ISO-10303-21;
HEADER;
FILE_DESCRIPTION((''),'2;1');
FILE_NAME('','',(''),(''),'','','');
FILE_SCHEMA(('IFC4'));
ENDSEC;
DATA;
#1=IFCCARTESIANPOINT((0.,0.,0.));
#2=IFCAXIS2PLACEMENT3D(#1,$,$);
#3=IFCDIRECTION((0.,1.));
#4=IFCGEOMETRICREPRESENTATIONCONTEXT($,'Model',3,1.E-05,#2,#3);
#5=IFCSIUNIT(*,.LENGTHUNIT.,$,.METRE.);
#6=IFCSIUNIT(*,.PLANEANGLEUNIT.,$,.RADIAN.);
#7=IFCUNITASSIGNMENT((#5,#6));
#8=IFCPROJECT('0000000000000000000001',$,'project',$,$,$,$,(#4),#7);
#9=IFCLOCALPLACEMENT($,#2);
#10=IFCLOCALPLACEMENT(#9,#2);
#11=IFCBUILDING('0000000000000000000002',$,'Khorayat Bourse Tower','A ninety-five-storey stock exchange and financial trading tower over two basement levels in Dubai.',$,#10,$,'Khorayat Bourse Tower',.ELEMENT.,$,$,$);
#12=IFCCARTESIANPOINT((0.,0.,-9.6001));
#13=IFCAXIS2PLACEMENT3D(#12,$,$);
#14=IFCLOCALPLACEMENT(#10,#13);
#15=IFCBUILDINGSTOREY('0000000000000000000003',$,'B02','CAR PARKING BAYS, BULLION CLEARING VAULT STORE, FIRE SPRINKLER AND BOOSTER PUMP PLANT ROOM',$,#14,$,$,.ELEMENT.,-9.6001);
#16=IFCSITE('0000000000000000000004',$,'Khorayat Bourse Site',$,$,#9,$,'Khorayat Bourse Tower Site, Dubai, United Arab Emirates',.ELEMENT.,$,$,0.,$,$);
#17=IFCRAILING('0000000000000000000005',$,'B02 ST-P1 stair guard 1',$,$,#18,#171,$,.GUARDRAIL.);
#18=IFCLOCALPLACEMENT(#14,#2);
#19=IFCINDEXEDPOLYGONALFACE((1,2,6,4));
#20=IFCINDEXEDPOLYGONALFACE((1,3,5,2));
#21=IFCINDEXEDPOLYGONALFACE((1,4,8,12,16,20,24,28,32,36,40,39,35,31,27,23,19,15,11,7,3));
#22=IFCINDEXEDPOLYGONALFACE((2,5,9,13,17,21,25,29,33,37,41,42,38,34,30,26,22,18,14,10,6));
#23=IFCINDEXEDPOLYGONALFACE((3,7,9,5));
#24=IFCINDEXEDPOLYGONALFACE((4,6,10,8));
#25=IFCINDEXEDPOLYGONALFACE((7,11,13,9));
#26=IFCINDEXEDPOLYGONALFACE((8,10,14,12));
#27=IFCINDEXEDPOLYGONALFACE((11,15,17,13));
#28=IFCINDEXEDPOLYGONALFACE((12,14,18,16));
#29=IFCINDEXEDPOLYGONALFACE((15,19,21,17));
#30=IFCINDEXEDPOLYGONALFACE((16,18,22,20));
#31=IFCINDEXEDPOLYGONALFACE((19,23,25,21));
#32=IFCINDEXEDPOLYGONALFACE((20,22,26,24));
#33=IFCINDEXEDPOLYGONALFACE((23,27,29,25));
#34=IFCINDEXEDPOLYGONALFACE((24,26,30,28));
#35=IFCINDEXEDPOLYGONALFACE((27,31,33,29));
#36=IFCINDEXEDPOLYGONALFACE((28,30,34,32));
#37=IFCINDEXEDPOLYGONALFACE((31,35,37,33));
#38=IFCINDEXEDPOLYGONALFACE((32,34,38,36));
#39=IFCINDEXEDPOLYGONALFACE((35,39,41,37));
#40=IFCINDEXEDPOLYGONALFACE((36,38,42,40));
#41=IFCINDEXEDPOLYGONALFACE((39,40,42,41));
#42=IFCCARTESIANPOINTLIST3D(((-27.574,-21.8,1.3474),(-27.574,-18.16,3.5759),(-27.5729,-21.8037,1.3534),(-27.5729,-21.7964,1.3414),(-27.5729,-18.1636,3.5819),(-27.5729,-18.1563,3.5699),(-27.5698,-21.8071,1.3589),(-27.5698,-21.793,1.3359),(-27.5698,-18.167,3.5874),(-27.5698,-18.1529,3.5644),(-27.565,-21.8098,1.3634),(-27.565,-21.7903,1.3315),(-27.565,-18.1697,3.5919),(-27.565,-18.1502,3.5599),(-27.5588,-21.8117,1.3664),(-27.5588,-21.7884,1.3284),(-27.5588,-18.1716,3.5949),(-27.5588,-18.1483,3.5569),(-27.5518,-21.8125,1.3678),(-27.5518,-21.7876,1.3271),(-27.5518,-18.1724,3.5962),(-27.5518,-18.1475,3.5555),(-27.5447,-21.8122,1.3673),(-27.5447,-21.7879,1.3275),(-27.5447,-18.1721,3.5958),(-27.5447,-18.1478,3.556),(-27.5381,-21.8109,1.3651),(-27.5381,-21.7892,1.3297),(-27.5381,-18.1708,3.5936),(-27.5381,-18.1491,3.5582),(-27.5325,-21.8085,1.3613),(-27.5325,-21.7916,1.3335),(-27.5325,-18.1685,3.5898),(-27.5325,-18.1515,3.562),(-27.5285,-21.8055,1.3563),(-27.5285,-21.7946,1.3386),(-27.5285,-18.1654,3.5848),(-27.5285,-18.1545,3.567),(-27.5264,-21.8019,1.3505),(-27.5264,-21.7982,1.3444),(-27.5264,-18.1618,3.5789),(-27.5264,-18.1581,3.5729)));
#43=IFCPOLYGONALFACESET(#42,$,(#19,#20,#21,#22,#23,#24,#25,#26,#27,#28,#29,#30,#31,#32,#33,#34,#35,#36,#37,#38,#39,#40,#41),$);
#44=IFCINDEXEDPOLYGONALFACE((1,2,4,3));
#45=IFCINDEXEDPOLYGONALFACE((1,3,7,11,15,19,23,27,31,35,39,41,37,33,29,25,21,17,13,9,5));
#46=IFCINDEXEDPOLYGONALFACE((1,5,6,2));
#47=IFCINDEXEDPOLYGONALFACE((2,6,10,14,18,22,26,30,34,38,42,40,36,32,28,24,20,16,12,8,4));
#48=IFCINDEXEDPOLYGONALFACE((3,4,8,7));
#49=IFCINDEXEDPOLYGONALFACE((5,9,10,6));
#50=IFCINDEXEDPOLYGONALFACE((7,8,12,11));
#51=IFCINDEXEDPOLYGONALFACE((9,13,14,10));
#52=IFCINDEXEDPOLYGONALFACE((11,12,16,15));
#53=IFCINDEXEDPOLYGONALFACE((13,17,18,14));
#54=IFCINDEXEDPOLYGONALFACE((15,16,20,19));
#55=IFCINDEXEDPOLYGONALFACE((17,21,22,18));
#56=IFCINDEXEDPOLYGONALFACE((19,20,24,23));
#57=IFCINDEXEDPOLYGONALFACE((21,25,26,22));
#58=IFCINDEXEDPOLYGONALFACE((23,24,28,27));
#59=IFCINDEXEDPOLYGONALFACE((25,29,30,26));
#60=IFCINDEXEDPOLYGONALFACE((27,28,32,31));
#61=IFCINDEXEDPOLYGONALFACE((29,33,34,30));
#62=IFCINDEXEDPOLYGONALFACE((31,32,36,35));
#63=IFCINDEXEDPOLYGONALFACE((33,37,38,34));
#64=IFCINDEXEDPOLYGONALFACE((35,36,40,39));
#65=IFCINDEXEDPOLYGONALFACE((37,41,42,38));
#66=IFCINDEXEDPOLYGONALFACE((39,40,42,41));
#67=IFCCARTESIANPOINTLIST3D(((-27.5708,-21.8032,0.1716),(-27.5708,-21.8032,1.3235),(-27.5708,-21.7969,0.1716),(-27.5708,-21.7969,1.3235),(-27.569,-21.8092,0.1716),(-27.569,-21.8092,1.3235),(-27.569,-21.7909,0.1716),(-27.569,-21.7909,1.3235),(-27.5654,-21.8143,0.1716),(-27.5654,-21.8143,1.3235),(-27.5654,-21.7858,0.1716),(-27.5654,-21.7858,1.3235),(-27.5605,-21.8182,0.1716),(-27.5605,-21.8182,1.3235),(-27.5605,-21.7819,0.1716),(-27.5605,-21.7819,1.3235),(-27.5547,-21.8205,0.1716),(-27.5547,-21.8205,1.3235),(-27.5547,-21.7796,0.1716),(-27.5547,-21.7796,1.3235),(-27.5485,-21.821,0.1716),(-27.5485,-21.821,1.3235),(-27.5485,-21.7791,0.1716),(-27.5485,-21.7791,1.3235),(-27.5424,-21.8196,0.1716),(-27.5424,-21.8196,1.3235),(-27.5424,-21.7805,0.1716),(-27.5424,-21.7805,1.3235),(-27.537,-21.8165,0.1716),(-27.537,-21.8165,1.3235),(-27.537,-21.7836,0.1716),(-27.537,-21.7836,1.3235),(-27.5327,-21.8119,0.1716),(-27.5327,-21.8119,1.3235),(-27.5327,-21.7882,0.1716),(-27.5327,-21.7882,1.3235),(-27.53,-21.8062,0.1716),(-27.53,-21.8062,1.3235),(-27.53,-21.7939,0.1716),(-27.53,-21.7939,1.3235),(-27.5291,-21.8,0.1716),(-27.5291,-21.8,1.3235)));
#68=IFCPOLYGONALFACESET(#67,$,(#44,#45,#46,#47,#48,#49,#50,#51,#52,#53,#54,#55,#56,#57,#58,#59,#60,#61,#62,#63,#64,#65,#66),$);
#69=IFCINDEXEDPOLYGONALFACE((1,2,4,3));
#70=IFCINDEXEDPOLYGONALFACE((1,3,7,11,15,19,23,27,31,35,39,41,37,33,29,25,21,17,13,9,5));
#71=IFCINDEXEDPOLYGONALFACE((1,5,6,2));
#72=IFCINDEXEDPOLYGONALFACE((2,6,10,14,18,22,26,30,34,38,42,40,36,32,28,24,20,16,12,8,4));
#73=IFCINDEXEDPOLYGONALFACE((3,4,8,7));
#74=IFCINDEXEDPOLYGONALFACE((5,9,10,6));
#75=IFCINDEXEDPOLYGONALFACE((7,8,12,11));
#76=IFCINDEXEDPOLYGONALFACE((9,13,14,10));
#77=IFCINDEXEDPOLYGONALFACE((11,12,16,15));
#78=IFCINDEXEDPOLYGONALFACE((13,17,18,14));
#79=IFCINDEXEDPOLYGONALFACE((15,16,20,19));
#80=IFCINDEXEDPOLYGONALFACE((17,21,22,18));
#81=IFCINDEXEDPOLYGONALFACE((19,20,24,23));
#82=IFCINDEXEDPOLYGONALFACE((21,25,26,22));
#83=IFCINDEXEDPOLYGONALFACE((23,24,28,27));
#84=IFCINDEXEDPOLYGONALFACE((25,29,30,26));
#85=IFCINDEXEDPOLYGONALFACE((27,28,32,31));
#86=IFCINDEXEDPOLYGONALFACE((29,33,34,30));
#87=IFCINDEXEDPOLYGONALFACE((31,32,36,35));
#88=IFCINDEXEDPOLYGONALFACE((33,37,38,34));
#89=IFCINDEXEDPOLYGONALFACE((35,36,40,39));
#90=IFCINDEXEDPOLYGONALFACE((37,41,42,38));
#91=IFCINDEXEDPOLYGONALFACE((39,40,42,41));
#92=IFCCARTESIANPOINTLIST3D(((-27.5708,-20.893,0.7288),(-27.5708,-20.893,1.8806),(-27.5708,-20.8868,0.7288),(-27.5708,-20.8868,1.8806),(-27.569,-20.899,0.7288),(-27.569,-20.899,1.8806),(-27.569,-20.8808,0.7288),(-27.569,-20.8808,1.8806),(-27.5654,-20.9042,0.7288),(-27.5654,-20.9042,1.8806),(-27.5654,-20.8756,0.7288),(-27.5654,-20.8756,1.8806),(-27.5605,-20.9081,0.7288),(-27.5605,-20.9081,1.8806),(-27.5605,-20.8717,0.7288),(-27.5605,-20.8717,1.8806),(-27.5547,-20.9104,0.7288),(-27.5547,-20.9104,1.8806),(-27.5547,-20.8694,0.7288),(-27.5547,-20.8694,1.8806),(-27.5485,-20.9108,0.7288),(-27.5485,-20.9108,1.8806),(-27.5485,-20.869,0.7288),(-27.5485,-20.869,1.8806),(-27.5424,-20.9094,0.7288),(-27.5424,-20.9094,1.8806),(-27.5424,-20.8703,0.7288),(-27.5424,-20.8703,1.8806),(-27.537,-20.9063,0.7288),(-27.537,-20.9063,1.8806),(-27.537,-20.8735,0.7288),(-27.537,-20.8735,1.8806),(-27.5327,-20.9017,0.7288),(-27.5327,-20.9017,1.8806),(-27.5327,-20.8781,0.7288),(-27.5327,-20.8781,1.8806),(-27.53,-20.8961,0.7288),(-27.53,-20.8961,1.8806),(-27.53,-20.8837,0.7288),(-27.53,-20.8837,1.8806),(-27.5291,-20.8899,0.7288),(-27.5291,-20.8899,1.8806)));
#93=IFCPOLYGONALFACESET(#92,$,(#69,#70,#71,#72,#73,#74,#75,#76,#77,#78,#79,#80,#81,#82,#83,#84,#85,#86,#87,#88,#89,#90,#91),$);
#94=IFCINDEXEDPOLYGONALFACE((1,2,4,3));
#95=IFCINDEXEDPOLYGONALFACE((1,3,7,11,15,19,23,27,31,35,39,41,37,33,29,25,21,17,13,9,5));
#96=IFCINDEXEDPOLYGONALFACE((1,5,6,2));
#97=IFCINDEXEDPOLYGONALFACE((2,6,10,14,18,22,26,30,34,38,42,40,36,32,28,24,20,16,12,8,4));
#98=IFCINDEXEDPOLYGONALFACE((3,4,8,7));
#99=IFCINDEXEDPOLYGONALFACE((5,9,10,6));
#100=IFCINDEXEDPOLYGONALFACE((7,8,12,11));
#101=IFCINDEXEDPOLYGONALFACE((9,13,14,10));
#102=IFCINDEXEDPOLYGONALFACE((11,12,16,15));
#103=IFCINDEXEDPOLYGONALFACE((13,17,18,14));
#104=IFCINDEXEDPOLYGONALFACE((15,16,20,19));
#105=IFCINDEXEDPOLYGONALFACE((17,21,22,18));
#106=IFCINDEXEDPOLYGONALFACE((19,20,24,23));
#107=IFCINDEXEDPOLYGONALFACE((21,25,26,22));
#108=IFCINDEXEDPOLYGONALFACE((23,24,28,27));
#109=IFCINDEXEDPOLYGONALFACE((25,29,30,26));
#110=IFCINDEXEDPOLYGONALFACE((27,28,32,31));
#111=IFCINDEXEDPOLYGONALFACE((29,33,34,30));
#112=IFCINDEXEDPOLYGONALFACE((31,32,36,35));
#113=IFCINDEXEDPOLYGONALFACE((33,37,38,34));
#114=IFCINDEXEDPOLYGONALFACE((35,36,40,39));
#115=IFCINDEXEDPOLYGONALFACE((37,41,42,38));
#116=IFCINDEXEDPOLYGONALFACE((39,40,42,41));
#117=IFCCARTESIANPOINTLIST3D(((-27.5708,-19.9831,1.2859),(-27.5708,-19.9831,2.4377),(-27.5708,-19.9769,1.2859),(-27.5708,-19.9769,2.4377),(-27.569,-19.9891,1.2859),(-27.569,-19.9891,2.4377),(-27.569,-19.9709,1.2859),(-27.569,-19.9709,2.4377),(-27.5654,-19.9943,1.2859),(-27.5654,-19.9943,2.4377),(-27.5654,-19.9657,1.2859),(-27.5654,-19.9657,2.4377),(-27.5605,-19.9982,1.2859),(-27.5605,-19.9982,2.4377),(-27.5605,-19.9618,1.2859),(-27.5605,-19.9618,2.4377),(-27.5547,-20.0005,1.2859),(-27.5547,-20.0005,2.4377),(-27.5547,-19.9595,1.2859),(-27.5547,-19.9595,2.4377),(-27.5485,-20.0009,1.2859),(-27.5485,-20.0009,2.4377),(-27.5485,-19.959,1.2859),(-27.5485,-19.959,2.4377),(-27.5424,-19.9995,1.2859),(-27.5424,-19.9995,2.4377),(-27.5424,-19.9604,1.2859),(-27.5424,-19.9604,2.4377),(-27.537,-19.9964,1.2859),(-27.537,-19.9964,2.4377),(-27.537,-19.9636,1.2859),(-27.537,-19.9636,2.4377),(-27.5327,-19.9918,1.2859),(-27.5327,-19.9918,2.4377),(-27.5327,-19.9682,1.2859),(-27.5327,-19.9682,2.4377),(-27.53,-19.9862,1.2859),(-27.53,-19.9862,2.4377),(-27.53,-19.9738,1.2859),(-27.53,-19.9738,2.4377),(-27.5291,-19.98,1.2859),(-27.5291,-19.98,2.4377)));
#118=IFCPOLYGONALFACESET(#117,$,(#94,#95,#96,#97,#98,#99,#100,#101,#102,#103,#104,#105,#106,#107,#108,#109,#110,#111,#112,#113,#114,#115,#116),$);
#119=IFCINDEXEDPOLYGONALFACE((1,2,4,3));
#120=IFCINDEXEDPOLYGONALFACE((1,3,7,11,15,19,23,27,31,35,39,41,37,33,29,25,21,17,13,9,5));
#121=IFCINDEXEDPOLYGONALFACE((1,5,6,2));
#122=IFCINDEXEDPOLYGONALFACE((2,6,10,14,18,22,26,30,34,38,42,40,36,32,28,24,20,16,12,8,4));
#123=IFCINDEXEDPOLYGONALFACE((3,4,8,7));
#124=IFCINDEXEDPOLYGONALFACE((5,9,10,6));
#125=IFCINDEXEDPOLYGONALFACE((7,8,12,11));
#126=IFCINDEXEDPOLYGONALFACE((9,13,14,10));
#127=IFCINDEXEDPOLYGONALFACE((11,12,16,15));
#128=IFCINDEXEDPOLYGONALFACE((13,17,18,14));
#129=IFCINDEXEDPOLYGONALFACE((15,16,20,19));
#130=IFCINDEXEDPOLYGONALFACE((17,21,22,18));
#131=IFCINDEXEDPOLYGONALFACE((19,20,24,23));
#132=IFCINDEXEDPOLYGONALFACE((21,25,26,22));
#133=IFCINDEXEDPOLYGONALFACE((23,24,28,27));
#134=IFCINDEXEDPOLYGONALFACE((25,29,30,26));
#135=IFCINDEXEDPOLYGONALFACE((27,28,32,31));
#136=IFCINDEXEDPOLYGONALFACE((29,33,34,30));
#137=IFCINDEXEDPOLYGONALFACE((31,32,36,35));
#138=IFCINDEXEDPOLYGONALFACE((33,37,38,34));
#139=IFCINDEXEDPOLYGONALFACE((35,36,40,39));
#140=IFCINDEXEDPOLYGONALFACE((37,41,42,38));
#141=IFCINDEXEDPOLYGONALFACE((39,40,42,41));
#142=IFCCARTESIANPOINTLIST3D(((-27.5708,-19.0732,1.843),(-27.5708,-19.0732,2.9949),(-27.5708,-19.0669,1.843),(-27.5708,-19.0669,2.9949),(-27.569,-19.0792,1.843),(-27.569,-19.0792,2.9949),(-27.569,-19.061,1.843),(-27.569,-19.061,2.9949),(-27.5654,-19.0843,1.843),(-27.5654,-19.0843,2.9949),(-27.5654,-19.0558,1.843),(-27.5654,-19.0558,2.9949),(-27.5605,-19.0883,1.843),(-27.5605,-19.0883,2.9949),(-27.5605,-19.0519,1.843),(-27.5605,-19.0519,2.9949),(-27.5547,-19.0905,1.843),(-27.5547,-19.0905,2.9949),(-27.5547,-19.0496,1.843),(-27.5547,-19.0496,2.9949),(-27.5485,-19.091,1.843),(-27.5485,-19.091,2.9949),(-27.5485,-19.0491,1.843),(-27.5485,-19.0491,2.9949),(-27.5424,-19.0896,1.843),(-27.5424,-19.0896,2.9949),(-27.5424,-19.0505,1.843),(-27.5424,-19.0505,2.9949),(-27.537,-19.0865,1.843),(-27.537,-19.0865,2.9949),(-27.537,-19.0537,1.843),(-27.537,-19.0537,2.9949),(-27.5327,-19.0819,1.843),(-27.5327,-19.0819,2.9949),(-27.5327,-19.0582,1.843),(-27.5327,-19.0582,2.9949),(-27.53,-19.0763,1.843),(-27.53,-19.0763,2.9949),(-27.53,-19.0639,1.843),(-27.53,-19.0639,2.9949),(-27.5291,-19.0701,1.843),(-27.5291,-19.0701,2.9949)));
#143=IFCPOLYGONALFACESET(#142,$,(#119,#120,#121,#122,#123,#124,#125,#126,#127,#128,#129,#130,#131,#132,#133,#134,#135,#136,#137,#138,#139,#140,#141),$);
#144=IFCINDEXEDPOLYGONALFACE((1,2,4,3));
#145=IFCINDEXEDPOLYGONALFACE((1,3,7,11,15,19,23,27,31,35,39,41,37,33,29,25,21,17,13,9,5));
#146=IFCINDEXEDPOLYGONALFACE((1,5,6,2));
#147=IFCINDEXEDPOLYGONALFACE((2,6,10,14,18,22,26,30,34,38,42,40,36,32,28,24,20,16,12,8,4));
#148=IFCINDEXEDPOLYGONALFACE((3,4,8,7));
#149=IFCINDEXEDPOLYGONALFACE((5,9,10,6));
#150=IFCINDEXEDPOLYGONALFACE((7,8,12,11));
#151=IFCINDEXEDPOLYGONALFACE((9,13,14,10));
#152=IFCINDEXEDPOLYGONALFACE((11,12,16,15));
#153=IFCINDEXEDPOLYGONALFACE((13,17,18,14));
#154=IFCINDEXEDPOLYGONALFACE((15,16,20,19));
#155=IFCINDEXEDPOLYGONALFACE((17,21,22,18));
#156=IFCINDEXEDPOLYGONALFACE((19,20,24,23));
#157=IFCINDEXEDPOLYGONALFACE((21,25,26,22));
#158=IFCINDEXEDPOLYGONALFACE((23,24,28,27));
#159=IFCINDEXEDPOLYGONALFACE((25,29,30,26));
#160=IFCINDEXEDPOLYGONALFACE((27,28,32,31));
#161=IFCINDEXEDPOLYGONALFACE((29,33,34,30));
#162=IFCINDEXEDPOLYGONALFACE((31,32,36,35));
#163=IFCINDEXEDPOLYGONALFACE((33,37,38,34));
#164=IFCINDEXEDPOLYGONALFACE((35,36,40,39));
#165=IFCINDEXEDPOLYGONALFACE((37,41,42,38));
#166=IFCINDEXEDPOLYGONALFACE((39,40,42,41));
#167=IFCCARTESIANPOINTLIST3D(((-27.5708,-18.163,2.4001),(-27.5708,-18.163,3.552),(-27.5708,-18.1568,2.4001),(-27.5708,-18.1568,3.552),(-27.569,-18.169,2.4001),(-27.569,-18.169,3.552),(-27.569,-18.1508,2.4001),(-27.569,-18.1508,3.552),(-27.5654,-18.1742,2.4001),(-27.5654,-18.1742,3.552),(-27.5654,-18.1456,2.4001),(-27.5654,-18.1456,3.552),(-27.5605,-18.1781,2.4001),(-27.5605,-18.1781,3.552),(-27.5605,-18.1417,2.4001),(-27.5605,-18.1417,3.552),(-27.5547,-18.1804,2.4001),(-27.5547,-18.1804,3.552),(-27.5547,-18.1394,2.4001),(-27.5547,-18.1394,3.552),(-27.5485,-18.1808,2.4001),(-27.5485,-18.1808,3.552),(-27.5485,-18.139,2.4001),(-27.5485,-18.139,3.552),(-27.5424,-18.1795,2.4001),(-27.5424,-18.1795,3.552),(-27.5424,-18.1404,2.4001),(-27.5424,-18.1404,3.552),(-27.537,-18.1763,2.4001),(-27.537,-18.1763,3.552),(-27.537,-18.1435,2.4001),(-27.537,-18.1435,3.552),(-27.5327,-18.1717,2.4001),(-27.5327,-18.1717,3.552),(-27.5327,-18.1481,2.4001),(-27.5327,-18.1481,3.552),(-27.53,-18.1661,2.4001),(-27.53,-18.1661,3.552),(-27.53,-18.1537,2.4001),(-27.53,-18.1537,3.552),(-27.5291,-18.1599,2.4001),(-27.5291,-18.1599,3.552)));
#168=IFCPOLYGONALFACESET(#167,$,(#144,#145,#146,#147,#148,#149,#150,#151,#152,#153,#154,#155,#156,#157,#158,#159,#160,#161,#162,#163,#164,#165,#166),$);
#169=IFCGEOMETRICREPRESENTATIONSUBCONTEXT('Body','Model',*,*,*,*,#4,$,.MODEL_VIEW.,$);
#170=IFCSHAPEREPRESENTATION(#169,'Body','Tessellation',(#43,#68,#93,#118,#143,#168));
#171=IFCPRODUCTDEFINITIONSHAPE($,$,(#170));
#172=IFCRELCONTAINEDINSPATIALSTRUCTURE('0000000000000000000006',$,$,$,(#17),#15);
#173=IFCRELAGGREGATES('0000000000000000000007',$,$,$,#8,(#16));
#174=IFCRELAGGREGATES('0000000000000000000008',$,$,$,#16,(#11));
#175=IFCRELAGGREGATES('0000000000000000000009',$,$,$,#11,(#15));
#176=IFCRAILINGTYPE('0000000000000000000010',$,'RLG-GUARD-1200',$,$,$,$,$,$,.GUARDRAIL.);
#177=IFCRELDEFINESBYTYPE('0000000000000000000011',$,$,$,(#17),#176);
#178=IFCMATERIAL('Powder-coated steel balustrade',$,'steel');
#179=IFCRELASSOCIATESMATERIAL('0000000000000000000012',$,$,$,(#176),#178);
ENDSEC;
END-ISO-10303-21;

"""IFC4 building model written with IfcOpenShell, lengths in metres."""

from ifc_helpers import new_model, si_unit, direction, frame, origin, origin_2d, place, context, subcontext, project, spatial, circle, extrude, source, transform, mapped, material, type_object, element, save


model = new_model("IFC4")

# Units and contexts
model_context = context("Model", 3, precision=1e-05, world=origin(), true_north=direction((0.0, 1.0)))
body_context = subcontext(model_context, "Body", "Model", "MODEL_VIEW")
ifc_project = project(units=[si_unit("LENGTHUNIT", "METRE"), si_unit("PLANEANGLEUNIT", "RADIAN")], contexts=[model_context])

# Site, building, storey
site_placement = place(None, origin())
site = spatial("IfcSite", under=ifc_project, at=site_placement, Name="Khorayat Bourse Site", LongName="Khorayat Bourse Tower Site, Dubai, United Arab Emirates", CompositionType="ELEMENT", RefElevation=0.0)
building_placement = place(site_placement, origin())
building = spatial("IfcBuilding", under=site, at=building_placement, Name="Khorayat Bourse Tower", Description="A ninety-five-storey stock exchange and financial trading tower over two basement levels in Dubai.", LongName="Khorayat Bourse Tower", CompositionType="ELEMENT")
storey_placement = place(building_placement, frame((0.0, 0.0, -9.6001)))
storey = spatial("IfcBuildingStorey", under=building, at=storey_placement, Name="B02", Description="CAR PARKING BAYS, BULLION CLEARING VAULT STORE, FIRE SPRINKLER AND BOOSTER PUMP PLANT ROOM", CompositionType="ELEMENT", Elevation=-9.6001)

# Railing
ifc_material_1 = material(Name="Powder-coated steel balustrade", Category="steel")
railing_type_1 = type_object("IfcRailingType", Name="RLG-GUARD-1200", PredefinedType="GUARDRAIL", material=ifc_material_1)
shared_shape_1 = source(origin(), body_context, "Body", "SweptSolid", [
    extrude(circle(Radius=0.0239, at=origin_2d()), frame((0.0, 0.0, 1.1758), z_axis=(0.0, 0.852866, 0.52213), x_axis=(-1.0, 0.0, 0.0)), (0.0, 0.0, 1.0), 4.2681),
    extrude(circle(Radius=0.021, at=origin_2d()), origin(), (0.0, 0.0, 1.0), 1.1519),
    extrude(circle(Radius=0.021, at=origin_2d()), frame((0.0, 0.9102, 0.5571)), (0.0, 0.0, 1.0), 1.1519),
    extrude(circle(Radius=0.021, at=origin_2d()), frame((0.0, 1.8201, 1.1143)), (0.0, 0.0, 1.0), 1.1519),
    extrude(circle(Radius=0.021, at=origin_2d()), frame((0.0, 2.73, 1.6714)), (0.0, 0.0, 1.0), 1.1519),
    extrude(circle(Radius=0.021, at=origin_2d()), frame((0.0, 3.6401, 2.2285)), (0.0, 0.0, 1.0), 1.1519),
])
railing_1_placement = place(storey_placement, frame((-27.55, -21.8, 0.1716)))
element("IfcRailing", 1, at=railing_1_placement, inside=storey, type_object=railing_type_1, Name="B02 ST-P1 stair guard 1", PredefinedType="GUARDRAIL", context=body_context, shape_type="MappedRepresentation", body=[
    mapped(shared_shape_1, transform((0.0, 0.0, 0.0), scale=1.0)),
])

save(model, "model.ifc")
